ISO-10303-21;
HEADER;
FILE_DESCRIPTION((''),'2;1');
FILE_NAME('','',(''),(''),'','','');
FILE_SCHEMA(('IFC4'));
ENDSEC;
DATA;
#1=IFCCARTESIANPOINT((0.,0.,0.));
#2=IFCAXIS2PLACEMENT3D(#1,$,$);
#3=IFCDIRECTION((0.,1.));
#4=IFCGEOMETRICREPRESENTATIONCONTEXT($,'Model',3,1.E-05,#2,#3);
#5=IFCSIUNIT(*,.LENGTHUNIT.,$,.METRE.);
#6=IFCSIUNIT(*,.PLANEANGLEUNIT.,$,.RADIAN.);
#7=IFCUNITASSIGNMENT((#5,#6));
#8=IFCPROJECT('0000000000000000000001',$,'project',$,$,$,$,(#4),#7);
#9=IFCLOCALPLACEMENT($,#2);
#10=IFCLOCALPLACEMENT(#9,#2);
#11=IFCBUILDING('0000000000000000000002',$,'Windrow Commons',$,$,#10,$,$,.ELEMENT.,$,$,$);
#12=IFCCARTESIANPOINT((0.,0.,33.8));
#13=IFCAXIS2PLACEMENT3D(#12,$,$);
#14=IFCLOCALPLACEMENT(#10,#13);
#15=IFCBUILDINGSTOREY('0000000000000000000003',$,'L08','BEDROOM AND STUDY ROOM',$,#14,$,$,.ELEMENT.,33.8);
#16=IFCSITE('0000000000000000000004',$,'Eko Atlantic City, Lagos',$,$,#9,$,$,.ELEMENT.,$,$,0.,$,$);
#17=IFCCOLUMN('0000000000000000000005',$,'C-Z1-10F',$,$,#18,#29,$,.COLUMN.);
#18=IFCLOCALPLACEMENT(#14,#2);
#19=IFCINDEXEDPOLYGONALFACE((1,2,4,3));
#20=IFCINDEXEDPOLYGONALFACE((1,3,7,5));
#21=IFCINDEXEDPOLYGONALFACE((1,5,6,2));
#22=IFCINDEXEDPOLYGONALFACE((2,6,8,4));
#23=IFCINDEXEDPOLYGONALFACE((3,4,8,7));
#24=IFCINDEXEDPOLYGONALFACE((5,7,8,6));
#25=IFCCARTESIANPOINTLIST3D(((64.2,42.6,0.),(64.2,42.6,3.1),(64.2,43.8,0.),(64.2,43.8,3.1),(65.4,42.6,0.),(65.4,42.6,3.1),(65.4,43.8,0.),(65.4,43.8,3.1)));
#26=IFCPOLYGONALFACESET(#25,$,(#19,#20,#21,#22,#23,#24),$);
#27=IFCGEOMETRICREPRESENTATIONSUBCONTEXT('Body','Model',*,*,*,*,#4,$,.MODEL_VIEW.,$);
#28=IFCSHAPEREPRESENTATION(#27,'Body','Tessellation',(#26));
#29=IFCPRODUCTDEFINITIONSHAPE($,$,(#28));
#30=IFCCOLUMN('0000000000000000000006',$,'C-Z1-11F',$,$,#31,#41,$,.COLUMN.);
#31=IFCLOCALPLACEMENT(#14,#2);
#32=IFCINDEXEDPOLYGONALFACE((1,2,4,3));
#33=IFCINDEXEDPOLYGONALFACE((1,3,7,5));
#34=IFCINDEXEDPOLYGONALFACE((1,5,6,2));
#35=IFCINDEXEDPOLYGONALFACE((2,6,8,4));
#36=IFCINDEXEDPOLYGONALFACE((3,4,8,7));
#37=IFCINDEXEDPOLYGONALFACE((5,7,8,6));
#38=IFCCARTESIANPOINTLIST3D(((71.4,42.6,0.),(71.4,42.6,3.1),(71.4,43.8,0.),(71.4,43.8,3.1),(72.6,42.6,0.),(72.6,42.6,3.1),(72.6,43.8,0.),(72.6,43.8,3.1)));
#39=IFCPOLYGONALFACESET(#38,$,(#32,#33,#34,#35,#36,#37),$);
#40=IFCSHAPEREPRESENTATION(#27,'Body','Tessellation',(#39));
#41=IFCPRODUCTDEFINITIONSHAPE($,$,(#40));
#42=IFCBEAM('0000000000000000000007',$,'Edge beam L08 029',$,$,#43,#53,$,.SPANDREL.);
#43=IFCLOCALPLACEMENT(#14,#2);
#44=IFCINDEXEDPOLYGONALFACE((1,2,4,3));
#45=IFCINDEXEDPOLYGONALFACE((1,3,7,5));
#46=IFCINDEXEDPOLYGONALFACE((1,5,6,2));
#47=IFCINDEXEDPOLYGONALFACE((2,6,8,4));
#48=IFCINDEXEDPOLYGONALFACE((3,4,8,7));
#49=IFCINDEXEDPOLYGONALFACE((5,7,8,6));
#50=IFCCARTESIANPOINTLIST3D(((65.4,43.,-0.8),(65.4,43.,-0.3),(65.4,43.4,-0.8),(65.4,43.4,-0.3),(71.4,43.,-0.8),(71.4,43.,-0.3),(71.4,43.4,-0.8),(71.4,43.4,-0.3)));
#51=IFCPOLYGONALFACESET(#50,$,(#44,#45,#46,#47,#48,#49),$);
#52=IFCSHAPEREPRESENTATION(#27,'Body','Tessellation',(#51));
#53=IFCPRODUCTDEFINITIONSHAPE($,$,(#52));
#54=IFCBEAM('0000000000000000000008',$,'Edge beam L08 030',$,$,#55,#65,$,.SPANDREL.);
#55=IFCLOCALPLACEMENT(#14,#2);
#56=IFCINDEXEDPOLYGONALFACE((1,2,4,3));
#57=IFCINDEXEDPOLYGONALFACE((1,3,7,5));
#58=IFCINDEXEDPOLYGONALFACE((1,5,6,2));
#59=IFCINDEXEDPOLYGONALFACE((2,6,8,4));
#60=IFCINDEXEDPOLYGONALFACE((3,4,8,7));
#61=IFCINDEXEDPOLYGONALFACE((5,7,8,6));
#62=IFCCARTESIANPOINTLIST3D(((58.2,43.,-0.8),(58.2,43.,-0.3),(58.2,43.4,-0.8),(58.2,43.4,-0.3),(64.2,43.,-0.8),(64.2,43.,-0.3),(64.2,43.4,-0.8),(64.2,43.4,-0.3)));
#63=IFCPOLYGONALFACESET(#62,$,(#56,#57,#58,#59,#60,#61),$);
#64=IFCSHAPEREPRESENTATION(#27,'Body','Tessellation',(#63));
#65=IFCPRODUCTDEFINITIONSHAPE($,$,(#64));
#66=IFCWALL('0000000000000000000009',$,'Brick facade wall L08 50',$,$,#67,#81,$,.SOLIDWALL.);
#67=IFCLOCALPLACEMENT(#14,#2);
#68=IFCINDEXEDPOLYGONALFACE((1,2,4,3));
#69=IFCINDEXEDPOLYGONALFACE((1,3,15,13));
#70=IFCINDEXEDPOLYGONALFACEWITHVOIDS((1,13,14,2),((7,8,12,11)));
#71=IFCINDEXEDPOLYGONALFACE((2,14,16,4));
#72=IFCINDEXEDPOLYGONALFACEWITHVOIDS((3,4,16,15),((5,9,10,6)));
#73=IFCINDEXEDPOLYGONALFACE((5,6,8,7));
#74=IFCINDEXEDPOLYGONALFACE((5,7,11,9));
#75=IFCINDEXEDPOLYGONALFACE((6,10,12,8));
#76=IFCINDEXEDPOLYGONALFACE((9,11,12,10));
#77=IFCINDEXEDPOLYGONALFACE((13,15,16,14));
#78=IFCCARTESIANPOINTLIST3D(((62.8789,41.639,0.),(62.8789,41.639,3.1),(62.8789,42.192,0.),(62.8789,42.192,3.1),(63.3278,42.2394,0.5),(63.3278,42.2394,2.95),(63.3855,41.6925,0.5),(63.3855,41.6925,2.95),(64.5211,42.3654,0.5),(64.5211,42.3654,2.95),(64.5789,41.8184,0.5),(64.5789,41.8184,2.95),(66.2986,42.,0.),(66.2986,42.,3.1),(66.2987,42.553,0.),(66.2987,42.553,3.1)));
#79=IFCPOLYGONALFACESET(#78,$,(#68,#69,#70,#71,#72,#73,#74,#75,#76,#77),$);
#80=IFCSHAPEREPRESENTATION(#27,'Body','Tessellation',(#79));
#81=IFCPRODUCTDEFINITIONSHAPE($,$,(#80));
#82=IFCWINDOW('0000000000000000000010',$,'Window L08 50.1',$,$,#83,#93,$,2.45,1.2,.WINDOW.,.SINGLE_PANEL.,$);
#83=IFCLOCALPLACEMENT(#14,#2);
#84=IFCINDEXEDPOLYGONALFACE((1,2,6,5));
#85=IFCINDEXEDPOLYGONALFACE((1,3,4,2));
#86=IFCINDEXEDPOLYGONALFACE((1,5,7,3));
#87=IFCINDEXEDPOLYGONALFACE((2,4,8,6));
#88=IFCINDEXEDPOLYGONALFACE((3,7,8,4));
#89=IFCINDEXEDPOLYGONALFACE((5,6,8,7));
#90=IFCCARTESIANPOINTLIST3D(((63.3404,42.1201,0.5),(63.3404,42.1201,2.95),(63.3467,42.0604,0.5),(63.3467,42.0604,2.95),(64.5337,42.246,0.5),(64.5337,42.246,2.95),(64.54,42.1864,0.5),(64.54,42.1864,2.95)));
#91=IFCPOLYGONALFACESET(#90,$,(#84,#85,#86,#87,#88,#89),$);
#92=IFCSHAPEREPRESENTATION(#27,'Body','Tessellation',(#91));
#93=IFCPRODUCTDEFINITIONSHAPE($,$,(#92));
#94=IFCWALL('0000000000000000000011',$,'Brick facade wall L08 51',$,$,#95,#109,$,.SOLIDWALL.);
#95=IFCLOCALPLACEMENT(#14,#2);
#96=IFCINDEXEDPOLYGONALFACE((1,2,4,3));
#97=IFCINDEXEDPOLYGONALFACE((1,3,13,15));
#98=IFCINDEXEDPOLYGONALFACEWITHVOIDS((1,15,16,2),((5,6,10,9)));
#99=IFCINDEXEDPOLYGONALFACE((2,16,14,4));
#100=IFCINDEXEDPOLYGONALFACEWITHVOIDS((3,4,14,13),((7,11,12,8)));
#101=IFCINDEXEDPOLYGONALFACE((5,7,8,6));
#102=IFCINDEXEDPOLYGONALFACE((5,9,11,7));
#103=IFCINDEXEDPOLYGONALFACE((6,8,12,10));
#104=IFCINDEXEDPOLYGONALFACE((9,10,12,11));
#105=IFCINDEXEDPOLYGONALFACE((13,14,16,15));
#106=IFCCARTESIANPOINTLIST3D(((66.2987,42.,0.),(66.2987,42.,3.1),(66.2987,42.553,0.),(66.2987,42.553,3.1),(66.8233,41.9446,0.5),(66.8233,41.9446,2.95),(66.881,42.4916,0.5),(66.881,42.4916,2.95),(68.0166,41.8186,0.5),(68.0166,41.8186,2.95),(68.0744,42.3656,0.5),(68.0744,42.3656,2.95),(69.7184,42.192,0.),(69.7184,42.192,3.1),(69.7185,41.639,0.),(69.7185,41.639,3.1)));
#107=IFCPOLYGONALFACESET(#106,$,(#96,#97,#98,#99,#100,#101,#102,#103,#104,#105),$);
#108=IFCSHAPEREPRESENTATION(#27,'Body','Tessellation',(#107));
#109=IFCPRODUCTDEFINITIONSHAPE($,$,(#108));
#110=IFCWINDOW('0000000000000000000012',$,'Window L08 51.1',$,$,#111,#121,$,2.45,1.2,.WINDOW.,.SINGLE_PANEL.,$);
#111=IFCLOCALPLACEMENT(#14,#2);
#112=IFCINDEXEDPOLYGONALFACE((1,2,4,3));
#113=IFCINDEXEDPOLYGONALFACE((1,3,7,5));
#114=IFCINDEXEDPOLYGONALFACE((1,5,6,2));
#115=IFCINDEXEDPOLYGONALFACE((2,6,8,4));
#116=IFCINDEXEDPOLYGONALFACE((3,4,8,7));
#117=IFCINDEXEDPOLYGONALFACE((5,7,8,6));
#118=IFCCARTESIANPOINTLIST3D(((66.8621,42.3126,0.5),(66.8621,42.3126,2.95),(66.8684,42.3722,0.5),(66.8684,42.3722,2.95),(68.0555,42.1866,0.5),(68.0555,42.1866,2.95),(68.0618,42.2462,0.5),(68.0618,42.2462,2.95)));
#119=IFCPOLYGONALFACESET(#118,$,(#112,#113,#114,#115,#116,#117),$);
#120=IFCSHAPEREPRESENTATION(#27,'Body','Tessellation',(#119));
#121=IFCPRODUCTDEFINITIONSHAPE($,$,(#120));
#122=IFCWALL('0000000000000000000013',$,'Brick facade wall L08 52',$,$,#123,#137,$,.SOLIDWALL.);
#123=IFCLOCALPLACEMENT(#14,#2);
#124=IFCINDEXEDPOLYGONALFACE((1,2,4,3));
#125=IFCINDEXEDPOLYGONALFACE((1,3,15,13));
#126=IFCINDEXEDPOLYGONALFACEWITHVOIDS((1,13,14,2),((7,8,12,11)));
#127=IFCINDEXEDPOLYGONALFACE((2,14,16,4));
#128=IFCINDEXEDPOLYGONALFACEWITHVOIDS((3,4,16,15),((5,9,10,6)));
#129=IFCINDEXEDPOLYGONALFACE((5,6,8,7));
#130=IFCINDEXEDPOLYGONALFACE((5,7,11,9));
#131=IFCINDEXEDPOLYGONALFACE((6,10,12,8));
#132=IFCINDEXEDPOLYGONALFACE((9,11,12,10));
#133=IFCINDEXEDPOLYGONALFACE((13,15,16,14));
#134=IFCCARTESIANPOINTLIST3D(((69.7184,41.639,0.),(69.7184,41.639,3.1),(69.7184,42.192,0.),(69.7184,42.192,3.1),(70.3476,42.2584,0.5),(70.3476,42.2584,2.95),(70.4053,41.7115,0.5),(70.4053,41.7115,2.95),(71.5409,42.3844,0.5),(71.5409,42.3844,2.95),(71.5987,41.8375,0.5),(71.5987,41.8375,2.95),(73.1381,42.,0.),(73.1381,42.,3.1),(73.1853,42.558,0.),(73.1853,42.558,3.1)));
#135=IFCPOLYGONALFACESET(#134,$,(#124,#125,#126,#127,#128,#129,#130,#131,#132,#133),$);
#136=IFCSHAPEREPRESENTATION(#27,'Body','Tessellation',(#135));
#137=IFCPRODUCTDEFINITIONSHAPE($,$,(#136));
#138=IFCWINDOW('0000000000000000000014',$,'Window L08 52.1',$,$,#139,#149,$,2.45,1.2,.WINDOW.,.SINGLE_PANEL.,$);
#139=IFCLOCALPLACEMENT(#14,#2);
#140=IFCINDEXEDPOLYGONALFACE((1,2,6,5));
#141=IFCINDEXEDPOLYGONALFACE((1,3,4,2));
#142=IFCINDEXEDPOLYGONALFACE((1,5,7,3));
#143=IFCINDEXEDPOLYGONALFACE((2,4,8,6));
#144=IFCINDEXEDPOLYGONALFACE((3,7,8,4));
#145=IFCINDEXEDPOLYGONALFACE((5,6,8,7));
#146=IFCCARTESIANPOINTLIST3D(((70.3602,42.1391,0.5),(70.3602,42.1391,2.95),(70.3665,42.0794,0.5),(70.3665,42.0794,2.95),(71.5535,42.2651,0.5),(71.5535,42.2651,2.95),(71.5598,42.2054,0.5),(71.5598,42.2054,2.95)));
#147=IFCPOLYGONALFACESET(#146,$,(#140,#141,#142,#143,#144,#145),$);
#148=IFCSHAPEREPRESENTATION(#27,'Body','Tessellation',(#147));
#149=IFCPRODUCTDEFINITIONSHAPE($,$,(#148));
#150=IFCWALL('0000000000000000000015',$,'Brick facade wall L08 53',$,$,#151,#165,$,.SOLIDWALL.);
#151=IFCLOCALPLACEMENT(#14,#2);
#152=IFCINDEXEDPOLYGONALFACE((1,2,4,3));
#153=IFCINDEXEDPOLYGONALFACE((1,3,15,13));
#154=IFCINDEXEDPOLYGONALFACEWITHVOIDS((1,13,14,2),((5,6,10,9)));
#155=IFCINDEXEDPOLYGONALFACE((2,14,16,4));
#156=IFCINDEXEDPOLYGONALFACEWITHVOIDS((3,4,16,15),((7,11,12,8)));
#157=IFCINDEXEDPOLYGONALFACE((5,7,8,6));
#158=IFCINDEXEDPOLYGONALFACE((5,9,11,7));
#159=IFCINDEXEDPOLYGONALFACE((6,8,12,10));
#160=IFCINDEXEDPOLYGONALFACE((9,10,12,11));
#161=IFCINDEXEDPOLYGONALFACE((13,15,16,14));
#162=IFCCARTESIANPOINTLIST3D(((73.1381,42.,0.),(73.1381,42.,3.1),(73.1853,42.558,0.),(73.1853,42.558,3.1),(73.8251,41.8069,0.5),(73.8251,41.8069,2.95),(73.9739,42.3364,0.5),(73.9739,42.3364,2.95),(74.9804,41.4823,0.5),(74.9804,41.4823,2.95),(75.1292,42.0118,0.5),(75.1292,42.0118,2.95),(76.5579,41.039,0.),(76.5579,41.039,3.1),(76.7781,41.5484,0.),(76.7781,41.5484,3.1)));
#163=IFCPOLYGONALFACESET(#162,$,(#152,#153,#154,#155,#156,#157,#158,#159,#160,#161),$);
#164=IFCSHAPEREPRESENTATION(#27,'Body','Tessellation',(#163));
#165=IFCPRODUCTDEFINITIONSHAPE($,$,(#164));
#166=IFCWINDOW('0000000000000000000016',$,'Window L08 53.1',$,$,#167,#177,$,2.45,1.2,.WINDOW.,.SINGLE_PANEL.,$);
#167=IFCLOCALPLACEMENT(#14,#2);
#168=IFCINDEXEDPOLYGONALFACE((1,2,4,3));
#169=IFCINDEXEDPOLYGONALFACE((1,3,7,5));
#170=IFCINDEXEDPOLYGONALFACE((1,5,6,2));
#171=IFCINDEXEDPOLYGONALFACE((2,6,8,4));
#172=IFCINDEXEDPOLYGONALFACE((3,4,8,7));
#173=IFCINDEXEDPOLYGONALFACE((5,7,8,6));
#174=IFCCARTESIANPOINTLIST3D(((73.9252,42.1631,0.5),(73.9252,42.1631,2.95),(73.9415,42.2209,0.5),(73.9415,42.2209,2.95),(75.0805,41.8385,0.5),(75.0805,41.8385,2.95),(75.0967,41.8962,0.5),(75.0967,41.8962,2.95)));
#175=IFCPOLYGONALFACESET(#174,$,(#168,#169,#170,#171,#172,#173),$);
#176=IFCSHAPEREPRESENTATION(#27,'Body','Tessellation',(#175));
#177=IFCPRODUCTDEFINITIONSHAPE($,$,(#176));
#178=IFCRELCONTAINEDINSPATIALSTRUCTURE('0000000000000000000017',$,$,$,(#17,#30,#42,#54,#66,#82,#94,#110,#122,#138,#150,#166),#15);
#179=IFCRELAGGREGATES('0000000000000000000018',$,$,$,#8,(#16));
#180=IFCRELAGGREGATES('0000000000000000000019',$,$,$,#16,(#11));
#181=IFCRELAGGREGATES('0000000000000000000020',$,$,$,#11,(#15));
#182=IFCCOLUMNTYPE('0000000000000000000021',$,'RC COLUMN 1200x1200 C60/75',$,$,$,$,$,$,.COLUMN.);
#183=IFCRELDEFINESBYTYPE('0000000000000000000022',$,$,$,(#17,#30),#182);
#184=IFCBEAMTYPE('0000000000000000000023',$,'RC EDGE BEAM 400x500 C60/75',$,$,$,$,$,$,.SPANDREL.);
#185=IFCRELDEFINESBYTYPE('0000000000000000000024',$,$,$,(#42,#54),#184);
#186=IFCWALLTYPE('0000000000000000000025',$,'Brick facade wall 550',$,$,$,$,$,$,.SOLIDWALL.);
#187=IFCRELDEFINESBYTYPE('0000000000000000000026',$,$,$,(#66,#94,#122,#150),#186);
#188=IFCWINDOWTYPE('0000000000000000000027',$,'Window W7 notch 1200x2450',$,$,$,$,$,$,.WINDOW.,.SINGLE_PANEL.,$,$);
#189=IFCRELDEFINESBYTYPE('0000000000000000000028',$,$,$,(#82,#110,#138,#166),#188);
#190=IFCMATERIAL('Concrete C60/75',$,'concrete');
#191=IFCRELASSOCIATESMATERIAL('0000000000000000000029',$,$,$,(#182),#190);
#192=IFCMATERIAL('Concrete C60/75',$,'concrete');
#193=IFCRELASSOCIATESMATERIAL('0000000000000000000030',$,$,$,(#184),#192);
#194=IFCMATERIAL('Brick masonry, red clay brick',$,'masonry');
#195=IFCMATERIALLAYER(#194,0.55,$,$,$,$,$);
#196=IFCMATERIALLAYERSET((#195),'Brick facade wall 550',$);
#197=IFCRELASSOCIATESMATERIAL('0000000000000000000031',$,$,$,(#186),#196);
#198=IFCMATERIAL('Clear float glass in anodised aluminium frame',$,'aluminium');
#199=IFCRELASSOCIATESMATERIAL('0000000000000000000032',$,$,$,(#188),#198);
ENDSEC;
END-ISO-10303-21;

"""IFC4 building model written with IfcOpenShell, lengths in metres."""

from ifc_helpers import new_model, si_unit, direction, frame, frame_2d, origin, origin_2d, place, context, subcontext, project, spatial, polyline, rectangle, outline, extrude, material, layer, layer_set, material_profile, profile_set, type_object, element, fill, save


model = new_model("IFC4")

# Units and contexts
model_context = context("Model", 3, precision=1e-05, world=origin(), true_north=direction((0.0, 1.0)))
body_context = subcontext(model_context, "Body", "Model", "MODEL_VIEW")
ifc_project = project(units=[si_unit("LENGTHUNIT", "METRE"), si_unit("PLANEANGLEUNIT", "RADIAN")], contexts=[model_context])

# Site, building, storey
site_placement = place(None, origin())
site = spatial("IfcSite", under=ifc_project, at=site_placement, Name="Eko Atlantic City, Lagos", CompositionType="ELEMENT", RefElevation=0.0)
building_placement = place(site_placement, origin())
building = spatial("IfcBuilding", under=site, at=building_placement, Name="Windrow Commons", CompositionType="ELEMENT")
storey_placement = place(building_placement, frame((0.0, 0.0, 33.8)))
storey = spatial("IfcBuildingStorey", under=building, at=storey_placement, Name="L08", Description="BEDROOM AND STUDY ROOM", CompositionType="ELEMENT", Elevation=33.8)

# Columns
ifc_material_1 = material(Name="Concrete C60/75", Category="concrete")
ifc_material_profile_1 = material_profile(ifc_material_1, rectangle(XDim=1.2, YDim=1.2, at=origin_2d()))
ifc_profile_set_1 = profile_set([ifc_material_profile_1], Name="Concrete C60/75")
column_type = type_object("IfcColumnType", Name="RC COLUMN 1200x1200 C60/75", PredefinedType="COLUMN", material=ifc_profile_set_1)
for number, where, z_axis, x_axis, name in (
    (1, (64.8, 43.2, 0.0), (0.0, 0.0, 1.0), (1.0, 0.0, 0.0), "C-Z1-10F"),
    (2, (72.0, 43.2, 0.0), (0.0, 0.0, 1.0), (1.0, 0.0, 0.0), "C-Z1-11F"),
):
    element("IfcColumn", number, at=place(storey_placement, frame(where, z_axis=z_axis, x_axis=x_axis)), inside=storey, type_object=column_type, Name=name, PredefinedType="COLUMN", context=body_context, shape_type="SweptSolid", body=[
        extrude(rectangle(XDim=1.2, YDim=1.2, at=origin_2d()), origin(), (0.0, 0.0, 1.0), 3.1),
    ])

# Beams
ifc_material_2 = material(Name="Concrete C60/75", Category="concrete")
ifc_material_profile_2 = material_profile(ifc_material_2, rectangle(XDim=0.4, YDim=0.5, at=origin_2d()))
ifc_profile_set_2 = profile_set([ifc_material_profile_2], Name="Concrete C60/75")
beam_type = type_object("IfcBeamType", Name="RC EDGE BEAM 400x500 C60/75", PredefinedType="SPANDREL", material=ifc_profile_set_2)
for number, where, z_axis, x_axis, name in (
    (3, (71.4, 43.2, -0.55), (-1.0, 0.0, 0.0), (0.0, -1.0, 0.0), "Edge beam L08 029"),
    (4, (64.2, 43.2, -0.55), (-1.0, 0.0, 0.0), (0.0, -1.0, 0.0), "Edge beam L08 030"),
):
    element("IfcBeam", number, at=place(storey_placement, frame(where, z_axis=z_axis, x_axis=x_axis)), inside=storey, type_object=beam_type, Name=name, PredefinedType="SPANDREL", context=body_context, shape_type="SweptSolid", body=[
        extrude(rectangle(XDim=0.4, YDim=0.5, at=origin_2d()), origin(), (0.0, 0.0, 1.0), 6.0),
    ])

# Walls, openings, windows
ifc_material_3 = material(Name="Brick masonry, red clay brick", Category="masonry")
ifc_layer_1 = layer(ifc_material_3, 0.55)
ifc_layer_set_1 = layer_set([ifc_layer_1], Name="Brick facade wall 550")
wall_type_1 = type_object("IfcWallType", Name="Brick facade wall 550", PredefinedType="SOLIDWALL", material=ifc_layer_set_1)
wall_1_placement = place(storey_placement, frame((62.8789, 41.9155, 0.0), z_axis=(0.0, 0.0, 1.0), x_axis=(0.994474, 0.104978, 0.0)))
wall_1 = element("IfcWall", 5, at=wall_1_placement, inside=storey, type_object=wall_type_1, Name="Brick facade wall L08 50", PredefinedType="SOLIDWALL", context=body_context, shape_type="SweptSolid", body=[
    extrude(outline(polyline([(-0.029, -0.275), (3.4097, -0.275), (3.4678, 0.275), (0.029, 0.275), (-0.029, -0.275)])), origin(), (0.0, 0.0, 1.0), 3.1),
])
opening_1_placement = place(wall_1_placement, frame((0.4804, 0.0, 0.5)))
opening_1 = element("IfcOpeningElement", 6, at=opening_1_placement, cuts=wall_1, PredefinedType="OPENING", context=body_context, shape_type="SweptSolid", body=[
    extrude(rectangle(XDim=1.2, YDim=2.45, at=frame_2d((0.6, 1.225))), frame((0.0, 0.285, 0.0), z_axis=(0.0, -1.0, 0.0), x_axis=(1.0, 0.0, 0.0)), (0.0, 0.0, 1.0), 0.57),
])
ifc_material_4 = material(Name="Clear float glass in anodised aluminium frame", Category="aluminium")
window_type = type_object("IfcWindowType", Name="Window W7 notch 1200x2450", PartitioningType="SINGLE_PANEL", PredefinedType="WINDOW", material=ifc_material_4)
window_1_placement = place(opening_1_placement, origin())
window_1 = element("IfcWindow", 7, at=window_1_placement, inside=storey, type_object=window_type, Name="Window L08 50.1", OverallHeight=2.45, OverallWidth=1.2, PartitioningType="SINGLE_PANEL", PredefinedType="WINDOW", context=body_context, shape_type="SweptSolid", body=[
    extrude(rectangle(XDim=1.2, YDim=2.45, at=frame_2d((0.6, 1.225))), frame((0.0, 0.155, 0.0), z_axis=(0.0, -1.0, 0.0), x_axis=(1.0, 0.0, 0.0)), (0.0, 0.0, 1.0), 0.06),
])
fill(opening_1, window_1)
wall_2_placement = place(storey_placement, frame((66.2987, 42.2765, 0.0), z_axis=(0.0, 0.0, 1.0), x_axis=(0.994474, -0.104981, 0.0)))
wall_2 = element("IfcWall", 8, at=wall_2_placement, inside=storey, type_object=wall_type_1, Name="Brick facade wall L08 51", PredefinedType="SOLIDWALL", context=body_context, shape_type="SweptSolid", body=[
    extrude(outline(polyline([(0.029, -0.275), (3.4678, -0.275), (3.4097, 0.275), (-0.029, 0.275), (0.029, -0.275)])), origin(), (0.0, 0.0, 1.0), 3.1),
])
opening_2_placement = place(wall_2_placement, frame((0.5565, 0.0, 0.5)))
opening_2 = element("IfcOpeningElement", 9, at=opening_2_placement, cuts=wall_2, PredefinedType="OPENING", context=body_context, shape_type="SweptSolid", body=[
    extrude(rectangle(XDim=1.2, YDim=2.45, at=frame_2d((0.6, 1.225))), frame((0.0, 0.285, 0.0), z_axis=(0.0, -1.0, 0.0), x_axis=(1.0, 0.0, 0.0)), (0.0, 0.0, 1.0), 0.57),
])
window_2_placement = place(opening_2_placement, origin())
window_2 = element("IfcWindow", 10, at=window_2_placement, inside=storey, type_object=window_type, Name="Window L08 51.1", OverallHeight=2.45, OverallWidth=1.2, PartitioningType="SINGLE_PANEL", PredefinedType="WINDOW", context=body_context, shape_type="SweptSolid", body=[
    extrude(rectangle(XDim=1.2, YDim=2.45, at=frame_2d((0.6, 1.225))), frame((0.0, 0.155, 0.0), z_axis=(0.0, -1.0, 0.0), x_axis=(1.0, 0.0, 0.0)), (0.0, 0.0, 1.0), 0.06),
])
fill(opening_2, window_2)
wall_3_placement = place(storey_placement, frame((69.7184, 41.9155, 0.0), z_axis=(0.0, 0.0, 1.0), x_axis=(0.994474, 0.104984, 0.0)))
wall_3 = element("IfcWall", 11, at=wall_3_placement, inside=storey, type_object=wall_type_1, Name="Brick facade wall L08 52", PredefinedType="SOLIDWALL", context=body_context, shape_type="SweptSolid", body=[
    extrude(outline(polyline([(-0.029, -0.275), (3.4097, -0.275), (3.5152, 0.275), (0.029, 0.275), (-0.029, -0.275)])), origin(), (0.0, 0.0, 1.0), 3.1),
])
opening_3_placement = place(wall_3_placement, frame((0.6617, 0.0, 0.5)))
opening_3 = element("IfcOpeningElement", 12, at=opening_3_placement, cuts=wall_3, PredefinedType="OPENING", context=body_context, shape_type="SweptSolid", body=[
    extrude(rectangle(XDim=1.2, YDim=2.45, at=frame_2d((0.6, 1.225))), frame((0.0, 0.285, 0.0), z_axis=(0.0, -1.0, 0.0), x_axis=(1.0, 0.0, 0.0)), (0.0, 0.0, 1.0), 0.57),
])
window_3_placement = place(opening_3_placement, origin())
window_3 = element("IfcWindow", 13, at=window_3_placement, inside=storey, type_object=window_type, Name="Window L08 52.1", OverallHeight=2.45, OverallWidth=1.2, PartitioningType="SINGLE_PANEL", PredefinedType="WINDOW", context=body_context, shape_type="SweptSolid", body=[
    extrude(rectangle(XDim=1.2, YDim=2.45, at=frame_2d((0.6, 1.225))), frame((0.0, 0.155, 0.0), z_axis=(0.0, -1.0, 0.0), x_axis=(1.0, 0.0, 0.0)), (0.0, 0.0, 1.0), 0.06),
])
fill(opening_3, window_3)
wall_4_placement = place(storey_placement, frame((73.1617, 42.279, 0.0), z_axis=(0.0, 0.0, 1.0), x_axis=(0.962712, -0.27053, 0.0)))
wall_4 = element("IfcWall", 14, at=wall_4_placement, inside=storey, type_object=wall_type_1, Name="Brick facade wall L08 53", PredefinedType="SOLIDWALL", context=body_context, shape_type="SweptSolid", body=[
    extrude(outline(polyline([(0.0528, -0.275), (3.605, -0.275), (3.6792, 0.275), (-0.0528, 0.275), (0.0528, -0.275)])), origin(), (0.0, 0.0, 1.0), 3.1),
])
opening_4_placement = place(wall_4_placement, frame((0.7664, 0.0, 0.5)))
opening_4 = element("IfcOpeningElement", 15, at=opening_4_placement, cuts=wall_4, PredefinedType="OPENING", context=body_context, shape_type="SweptSolid", body=[
    extrude(rectangle(XDim=1.2, YDim=2.45, at=frame_2d((0.6, 1.225))), frame((0.0, 0.285, 0.0), z_axis=(0.0, -1.0, 0.0), x_axis=(1.0, 0.0, 0.0)), (0.0, 0.0, 1.0), 0.57),
])
window_4_placement = place(opening_4_placement, origin())
window_4 = element("IfcWindow", 16, at=window_4_placement, inside=storey, type_object=window_type, Name="Window L08 53.1", OverallHeight=2.45, OverallWidth=1.2, PartitioningType="SINGLE_PANEL", PredefinedType="WINDOW", context=body_context, shape_type="SweptSolid", body=[
    extrude(rectangle(XDim=1.2, YDim=2.45, at=frame_2d((0.6, 1.225))), frame((0.0, 0.155, 0.0), z_axis=(0.0, -1.0, 0.0), x_axis=(1.0, 0.0, 0.0)), (0.0, 0.0, 1.0), 0.06),
])
fill(opening_4, window_4)

save(model, "model.ifc")
